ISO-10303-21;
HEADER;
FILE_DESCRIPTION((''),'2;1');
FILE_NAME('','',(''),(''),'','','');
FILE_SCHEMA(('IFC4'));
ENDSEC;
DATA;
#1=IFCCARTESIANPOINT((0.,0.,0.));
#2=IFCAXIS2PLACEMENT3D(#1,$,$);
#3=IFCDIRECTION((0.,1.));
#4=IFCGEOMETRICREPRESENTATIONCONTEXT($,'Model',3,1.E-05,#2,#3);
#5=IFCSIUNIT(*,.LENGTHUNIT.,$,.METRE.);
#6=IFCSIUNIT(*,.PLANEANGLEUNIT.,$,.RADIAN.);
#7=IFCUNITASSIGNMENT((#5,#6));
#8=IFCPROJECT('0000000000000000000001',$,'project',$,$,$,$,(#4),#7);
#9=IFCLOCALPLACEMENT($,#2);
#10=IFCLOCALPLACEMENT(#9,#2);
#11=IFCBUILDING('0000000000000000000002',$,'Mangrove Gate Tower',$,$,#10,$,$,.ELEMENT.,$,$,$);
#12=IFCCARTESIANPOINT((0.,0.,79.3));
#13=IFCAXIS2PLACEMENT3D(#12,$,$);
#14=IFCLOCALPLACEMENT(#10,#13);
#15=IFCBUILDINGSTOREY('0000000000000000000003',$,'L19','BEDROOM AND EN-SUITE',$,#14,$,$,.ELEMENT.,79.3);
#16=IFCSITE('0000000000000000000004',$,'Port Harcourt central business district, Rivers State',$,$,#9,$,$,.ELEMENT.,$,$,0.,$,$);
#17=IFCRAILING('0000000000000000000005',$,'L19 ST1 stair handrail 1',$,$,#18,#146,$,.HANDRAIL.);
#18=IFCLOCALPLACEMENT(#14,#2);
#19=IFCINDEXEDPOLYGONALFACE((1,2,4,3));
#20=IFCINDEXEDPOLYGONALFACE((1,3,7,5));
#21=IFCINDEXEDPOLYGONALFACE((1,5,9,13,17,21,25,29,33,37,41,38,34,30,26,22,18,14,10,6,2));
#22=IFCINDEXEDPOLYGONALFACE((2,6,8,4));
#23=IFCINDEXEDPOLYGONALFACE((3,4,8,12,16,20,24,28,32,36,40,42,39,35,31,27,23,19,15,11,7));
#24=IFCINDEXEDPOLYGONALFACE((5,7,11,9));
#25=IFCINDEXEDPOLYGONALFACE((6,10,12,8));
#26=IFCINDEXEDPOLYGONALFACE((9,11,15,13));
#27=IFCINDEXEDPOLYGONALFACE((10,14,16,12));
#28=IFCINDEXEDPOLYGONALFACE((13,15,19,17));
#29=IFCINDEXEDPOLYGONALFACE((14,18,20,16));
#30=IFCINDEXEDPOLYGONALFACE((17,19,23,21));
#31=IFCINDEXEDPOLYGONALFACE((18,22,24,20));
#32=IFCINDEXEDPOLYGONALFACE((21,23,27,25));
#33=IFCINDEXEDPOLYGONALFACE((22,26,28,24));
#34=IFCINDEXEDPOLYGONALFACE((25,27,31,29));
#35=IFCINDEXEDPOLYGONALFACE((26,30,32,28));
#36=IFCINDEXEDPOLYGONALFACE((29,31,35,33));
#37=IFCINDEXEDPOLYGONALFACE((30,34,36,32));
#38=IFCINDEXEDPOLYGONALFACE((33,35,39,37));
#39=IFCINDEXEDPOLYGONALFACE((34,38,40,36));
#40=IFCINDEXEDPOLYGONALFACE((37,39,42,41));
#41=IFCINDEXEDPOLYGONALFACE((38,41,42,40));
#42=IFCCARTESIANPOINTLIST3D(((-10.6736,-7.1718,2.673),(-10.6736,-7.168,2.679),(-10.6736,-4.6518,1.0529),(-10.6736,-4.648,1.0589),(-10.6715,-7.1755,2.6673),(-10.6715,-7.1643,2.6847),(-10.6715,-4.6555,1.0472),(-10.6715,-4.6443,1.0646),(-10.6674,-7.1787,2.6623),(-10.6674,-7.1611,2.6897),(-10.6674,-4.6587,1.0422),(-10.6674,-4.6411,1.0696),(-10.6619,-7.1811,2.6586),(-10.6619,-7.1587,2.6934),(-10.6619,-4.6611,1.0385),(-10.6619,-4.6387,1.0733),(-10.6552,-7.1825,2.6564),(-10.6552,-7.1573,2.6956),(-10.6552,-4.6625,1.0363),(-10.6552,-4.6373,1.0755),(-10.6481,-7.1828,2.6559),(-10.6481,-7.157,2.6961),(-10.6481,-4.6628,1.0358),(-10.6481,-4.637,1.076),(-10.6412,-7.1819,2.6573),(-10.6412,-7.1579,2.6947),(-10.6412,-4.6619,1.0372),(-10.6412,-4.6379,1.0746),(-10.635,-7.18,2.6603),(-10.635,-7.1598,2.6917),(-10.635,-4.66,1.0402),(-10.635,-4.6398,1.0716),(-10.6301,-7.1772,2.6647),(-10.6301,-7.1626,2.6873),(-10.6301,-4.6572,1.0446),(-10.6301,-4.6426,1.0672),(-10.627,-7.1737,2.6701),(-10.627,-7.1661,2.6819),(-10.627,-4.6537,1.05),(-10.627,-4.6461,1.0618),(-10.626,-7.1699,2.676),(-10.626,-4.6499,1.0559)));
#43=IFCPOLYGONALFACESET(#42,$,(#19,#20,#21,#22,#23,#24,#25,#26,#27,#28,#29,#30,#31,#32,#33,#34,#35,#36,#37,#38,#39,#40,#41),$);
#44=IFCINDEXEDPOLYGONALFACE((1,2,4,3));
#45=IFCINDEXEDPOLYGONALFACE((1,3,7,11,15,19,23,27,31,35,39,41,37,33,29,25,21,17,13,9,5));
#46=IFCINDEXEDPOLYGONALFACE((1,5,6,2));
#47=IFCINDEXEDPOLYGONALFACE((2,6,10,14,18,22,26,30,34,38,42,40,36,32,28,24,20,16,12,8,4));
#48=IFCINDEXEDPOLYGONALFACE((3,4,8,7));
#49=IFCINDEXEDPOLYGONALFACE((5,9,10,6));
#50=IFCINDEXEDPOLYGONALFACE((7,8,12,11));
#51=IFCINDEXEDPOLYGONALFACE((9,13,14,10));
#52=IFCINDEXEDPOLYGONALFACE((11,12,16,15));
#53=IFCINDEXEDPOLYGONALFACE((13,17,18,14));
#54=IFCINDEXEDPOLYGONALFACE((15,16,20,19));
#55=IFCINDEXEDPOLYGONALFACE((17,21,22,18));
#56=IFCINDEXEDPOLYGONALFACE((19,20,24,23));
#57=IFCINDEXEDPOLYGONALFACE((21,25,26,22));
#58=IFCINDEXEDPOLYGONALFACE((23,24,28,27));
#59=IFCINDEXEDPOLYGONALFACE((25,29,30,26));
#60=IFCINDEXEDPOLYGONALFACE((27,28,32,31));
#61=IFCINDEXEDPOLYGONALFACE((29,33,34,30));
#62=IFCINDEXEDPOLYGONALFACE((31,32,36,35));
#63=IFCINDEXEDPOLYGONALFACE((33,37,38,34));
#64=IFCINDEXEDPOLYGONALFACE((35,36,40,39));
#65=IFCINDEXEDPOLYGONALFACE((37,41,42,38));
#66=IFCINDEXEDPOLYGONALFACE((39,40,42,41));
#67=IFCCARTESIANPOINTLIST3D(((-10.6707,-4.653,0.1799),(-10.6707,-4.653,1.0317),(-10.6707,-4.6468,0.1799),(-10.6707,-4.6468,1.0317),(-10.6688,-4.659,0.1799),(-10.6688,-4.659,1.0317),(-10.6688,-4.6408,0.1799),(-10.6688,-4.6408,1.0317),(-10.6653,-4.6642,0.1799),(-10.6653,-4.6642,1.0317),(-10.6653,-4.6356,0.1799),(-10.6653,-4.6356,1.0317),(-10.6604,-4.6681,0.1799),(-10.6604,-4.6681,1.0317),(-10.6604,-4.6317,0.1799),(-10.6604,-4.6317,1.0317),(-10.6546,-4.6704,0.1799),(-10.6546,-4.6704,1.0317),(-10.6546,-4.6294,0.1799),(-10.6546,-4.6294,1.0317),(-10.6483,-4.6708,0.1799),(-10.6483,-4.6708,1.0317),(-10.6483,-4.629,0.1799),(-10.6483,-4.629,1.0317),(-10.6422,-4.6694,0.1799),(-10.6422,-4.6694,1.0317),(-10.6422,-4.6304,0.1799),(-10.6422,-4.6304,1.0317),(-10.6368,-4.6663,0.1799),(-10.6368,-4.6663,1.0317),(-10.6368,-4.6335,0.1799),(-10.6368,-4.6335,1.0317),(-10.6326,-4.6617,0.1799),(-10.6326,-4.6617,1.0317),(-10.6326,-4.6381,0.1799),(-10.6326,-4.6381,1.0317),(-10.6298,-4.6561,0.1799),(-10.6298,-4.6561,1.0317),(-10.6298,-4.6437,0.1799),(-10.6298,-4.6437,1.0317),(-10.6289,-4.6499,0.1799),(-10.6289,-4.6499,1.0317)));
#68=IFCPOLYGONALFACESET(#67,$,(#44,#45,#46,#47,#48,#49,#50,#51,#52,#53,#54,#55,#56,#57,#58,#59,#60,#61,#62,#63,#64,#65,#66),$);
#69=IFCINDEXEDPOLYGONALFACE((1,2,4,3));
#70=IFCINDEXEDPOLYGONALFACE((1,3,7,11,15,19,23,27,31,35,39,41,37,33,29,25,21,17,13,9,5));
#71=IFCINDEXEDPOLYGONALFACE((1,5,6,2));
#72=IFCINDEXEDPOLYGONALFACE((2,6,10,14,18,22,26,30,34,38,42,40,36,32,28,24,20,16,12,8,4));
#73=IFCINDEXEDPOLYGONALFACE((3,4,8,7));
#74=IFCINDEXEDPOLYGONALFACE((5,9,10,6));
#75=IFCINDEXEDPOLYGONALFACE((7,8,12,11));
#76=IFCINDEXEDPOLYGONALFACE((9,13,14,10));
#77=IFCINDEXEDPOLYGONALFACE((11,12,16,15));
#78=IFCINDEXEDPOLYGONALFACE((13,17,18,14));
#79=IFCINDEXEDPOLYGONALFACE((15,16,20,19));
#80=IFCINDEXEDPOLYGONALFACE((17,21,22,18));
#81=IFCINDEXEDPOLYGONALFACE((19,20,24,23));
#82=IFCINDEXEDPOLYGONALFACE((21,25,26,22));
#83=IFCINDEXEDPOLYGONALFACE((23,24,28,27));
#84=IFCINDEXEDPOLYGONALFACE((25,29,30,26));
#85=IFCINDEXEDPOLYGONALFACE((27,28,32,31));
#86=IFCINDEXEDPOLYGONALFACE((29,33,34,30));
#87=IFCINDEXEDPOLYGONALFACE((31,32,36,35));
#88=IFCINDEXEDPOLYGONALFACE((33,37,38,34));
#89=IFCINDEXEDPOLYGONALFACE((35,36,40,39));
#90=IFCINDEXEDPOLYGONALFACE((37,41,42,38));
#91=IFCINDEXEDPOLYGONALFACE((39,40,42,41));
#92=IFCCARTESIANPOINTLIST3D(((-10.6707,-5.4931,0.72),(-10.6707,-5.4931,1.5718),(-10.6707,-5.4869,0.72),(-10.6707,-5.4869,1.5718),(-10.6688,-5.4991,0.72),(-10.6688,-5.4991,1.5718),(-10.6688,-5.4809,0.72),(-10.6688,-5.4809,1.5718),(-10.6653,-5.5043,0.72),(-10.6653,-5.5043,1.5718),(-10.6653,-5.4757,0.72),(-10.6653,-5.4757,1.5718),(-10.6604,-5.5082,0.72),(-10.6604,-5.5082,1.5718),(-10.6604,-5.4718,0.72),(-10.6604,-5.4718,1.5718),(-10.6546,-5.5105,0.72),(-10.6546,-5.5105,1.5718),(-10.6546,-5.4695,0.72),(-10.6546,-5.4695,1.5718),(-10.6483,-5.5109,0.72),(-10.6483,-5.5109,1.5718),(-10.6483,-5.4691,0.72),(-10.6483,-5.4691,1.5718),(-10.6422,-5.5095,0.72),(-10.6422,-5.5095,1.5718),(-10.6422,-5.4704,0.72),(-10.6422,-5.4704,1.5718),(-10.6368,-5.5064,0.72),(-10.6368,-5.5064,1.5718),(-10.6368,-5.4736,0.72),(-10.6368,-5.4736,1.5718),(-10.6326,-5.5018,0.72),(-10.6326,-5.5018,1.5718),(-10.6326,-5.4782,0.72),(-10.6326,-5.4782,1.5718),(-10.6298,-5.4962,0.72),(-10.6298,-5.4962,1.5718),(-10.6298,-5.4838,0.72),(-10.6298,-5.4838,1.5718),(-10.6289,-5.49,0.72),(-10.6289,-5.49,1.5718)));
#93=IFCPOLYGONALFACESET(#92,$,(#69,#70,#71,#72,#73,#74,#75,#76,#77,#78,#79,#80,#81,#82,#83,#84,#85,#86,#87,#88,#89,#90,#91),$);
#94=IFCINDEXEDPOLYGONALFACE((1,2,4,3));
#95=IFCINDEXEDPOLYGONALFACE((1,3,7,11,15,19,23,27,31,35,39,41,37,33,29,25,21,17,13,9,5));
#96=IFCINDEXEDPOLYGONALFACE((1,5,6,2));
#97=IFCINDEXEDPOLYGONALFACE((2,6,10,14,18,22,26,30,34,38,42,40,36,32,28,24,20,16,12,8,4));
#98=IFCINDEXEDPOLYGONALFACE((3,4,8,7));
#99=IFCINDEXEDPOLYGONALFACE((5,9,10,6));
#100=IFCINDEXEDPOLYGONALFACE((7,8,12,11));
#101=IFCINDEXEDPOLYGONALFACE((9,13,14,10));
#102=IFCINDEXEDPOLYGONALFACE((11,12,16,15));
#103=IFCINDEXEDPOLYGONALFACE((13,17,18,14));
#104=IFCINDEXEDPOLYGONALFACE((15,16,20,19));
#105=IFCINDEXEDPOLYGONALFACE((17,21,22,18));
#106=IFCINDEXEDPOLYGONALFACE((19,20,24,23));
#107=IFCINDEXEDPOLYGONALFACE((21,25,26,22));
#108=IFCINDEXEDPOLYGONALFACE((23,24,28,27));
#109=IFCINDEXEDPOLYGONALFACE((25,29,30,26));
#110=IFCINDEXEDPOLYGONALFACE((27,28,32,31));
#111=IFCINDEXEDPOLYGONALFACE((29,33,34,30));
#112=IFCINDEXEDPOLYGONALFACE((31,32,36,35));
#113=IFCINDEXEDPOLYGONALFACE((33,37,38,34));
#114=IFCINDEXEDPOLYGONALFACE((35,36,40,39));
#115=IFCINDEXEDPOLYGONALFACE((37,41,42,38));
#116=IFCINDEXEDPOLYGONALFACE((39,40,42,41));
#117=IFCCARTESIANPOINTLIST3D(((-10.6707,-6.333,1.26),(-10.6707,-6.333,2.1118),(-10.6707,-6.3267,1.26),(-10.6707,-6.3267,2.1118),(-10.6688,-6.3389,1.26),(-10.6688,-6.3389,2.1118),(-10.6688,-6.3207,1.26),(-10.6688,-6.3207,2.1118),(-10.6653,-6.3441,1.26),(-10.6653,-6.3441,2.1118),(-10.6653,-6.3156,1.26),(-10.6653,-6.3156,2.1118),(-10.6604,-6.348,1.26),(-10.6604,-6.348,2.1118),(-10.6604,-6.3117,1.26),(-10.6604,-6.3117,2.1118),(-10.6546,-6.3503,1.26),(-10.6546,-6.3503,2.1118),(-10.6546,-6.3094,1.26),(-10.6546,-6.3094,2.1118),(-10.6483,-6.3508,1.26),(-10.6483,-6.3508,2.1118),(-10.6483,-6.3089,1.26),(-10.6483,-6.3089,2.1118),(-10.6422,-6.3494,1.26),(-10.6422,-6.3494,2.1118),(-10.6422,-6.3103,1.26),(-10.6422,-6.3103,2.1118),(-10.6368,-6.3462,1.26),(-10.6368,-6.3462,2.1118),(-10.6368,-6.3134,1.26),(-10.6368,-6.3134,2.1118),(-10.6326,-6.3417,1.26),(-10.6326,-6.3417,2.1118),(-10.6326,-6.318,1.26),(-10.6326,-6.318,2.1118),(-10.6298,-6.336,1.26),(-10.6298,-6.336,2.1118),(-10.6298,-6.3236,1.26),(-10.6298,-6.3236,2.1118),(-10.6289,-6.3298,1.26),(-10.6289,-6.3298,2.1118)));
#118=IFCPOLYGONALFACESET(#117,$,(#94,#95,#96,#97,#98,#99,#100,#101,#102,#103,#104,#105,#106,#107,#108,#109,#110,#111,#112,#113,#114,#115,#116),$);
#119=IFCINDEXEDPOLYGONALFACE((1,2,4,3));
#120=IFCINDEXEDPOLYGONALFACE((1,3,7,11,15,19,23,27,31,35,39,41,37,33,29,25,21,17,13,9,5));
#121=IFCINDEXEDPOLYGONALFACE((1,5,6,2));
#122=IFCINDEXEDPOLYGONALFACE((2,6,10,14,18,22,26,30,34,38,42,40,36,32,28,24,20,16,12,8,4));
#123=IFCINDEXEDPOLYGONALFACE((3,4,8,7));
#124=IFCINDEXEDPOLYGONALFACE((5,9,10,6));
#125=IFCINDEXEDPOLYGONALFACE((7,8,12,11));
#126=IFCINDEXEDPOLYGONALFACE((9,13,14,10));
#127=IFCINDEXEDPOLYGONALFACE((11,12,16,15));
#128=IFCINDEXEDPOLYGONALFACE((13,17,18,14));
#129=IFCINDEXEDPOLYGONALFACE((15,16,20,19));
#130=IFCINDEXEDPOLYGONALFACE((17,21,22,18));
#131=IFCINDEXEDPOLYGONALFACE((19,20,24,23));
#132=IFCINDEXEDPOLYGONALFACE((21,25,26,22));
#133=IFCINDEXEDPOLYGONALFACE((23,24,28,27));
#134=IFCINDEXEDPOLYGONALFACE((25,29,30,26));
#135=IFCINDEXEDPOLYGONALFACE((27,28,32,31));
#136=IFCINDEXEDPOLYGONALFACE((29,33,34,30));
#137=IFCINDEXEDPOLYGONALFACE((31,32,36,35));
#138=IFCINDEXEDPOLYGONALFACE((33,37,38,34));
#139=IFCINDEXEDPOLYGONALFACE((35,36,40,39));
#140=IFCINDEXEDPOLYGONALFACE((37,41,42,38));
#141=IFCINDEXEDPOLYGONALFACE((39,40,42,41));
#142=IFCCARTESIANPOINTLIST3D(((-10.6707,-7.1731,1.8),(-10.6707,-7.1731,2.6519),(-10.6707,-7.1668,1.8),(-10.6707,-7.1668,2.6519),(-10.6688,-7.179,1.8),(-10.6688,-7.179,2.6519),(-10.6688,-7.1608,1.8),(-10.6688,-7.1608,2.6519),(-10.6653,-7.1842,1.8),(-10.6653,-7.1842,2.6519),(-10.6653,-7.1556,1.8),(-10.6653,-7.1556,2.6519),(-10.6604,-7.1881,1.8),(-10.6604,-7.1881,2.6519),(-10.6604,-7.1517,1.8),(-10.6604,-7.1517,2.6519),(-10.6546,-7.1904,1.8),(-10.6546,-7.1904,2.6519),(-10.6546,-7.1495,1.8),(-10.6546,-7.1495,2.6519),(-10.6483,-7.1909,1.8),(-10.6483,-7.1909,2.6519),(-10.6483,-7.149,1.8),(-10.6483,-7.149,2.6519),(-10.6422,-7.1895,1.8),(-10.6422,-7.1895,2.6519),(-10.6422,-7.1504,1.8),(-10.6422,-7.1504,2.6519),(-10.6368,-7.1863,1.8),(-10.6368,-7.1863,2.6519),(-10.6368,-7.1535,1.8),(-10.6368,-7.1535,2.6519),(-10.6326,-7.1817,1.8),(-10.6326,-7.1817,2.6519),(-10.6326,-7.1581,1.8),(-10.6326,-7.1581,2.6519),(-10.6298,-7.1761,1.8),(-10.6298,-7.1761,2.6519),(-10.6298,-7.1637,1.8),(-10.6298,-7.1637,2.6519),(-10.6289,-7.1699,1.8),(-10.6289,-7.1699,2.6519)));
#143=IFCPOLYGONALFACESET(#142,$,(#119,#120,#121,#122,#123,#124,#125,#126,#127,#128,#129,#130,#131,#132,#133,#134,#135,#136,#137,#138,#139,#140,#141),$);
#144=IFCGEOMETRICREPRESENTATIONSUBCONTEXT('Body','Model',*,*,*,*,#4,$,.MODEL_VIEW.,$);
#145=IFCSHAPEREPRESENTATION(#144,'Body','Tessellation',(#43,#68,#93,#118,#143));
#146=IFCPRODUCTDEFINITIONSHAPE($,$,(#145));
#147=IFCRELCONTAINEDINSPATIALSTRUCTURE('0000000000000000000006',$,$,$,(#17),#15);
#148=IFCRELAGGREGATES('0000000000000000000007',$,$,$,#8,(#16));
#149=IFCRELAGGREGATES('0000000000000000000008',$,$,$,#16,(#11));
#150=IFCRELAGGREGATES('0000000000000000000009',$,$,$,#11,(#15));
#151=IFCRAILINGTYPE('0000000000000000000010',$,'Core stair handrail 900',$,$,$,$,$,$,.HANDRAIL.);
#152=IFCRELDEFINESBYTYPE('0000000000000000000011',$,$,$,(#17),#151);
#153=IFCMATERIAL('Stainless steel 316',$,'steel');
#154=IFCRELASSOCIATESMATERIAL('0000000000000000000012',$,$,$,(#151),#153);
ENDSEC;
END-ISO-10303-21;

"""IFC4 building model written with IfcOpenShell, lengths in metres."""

from ifc_helpers import new_model, si_unit, direction, frame, origin, origin_2d, place, context, subcontext, project, spatial, circle, extrude, material, type_object, element, save


model = new_model("IFC4")

# Units and contexts
model_context = context("Model", 3, precision=1e-05, world=origin(), true_north=direction((0.0, 1.0)))
body_context = subcontext(model_context, "Body", "Model", "MODEL_VIEW")
ifc_project = project(units=[si_unit("LENGTHUNIT", "METRE"), si_unit("PLANEANGLEUNIT", "RADIAN")], contexts=[model_context])

# Site, building, storey
site_placement = place(None, origin())
site = spatial("IfcSite", under=ifc_project, at=site_placement, Name="Port Harcourt central business district, Rivers State", CompositionType="ELEMENT", RefElevation=0.0)
building_placement = place(site_placement, origin())
building = spatial("IfcBuilding", under=site, at=building_placement, Name="Mangrove Gate Tower", CompositionType="ELEMENT")
storey_placement = place(building_placement, frame((0.0, 0.0, 79.3)))
storey = spatial("IfcBuildingStorey", under=building, at=storey_placement, Name="L19", Description="BEDROOM AND EN-SUITE", CompositionType="ELEMENT", Elevation=79.3)

# Railing
ifc_material_1 = material(Name="Stainless steel 316", Category="steel")
railing_type_1 = type_object("IfcRailingType", Name="Core stair handrail 900", PredefinedType="HANDRAIL", material=ifc_material_1)
railing_1_placement = place(storey_placement, frame((-10.6499, -4.6499, 0.1799)))
element("IfcRailing", 1, at=railing_1_placement, inside=storey, type_object=railing_type_1, Name="L19 ST1 stair handrail 1", PredefinedType="HANDRAIL", context=body_context, shape_type="SweptSolid", body=[
    extrude(circle(Radius=0.0239, at=origin_2d()), frame((0.0, 0.0, 0.876), z_axis=(0.0, -0.841163, 0.540782), x_axis=(1.0, 0.0, 0.0)), (0.0, 0.0, 1.0), 2.9958),
    extrude(circle(Radius=0.021, at=origin_2d()), origin(), (0.0, 0.0, 1.0), 0.8518),
    extrude(circle(Radius=0.021, at=origin_2d()), frame((0.0, -0.8401, 0.54)), (0.0, 0.0, 1.0), 0.8518),
    extrude(circle(Radius=0.021, at=origin_2d()), frame((0.0, -1.6799, 1.0801)), (0.0, 0.0, 1.0), 0.8518),
    extrude(circle(Radius=0.021, at=origin_2d()), frame((0.0, -2.52, 1.6201)), (0.0, 0.0, 1.0), 0.8518),
])

save(model, "model.ifc")
